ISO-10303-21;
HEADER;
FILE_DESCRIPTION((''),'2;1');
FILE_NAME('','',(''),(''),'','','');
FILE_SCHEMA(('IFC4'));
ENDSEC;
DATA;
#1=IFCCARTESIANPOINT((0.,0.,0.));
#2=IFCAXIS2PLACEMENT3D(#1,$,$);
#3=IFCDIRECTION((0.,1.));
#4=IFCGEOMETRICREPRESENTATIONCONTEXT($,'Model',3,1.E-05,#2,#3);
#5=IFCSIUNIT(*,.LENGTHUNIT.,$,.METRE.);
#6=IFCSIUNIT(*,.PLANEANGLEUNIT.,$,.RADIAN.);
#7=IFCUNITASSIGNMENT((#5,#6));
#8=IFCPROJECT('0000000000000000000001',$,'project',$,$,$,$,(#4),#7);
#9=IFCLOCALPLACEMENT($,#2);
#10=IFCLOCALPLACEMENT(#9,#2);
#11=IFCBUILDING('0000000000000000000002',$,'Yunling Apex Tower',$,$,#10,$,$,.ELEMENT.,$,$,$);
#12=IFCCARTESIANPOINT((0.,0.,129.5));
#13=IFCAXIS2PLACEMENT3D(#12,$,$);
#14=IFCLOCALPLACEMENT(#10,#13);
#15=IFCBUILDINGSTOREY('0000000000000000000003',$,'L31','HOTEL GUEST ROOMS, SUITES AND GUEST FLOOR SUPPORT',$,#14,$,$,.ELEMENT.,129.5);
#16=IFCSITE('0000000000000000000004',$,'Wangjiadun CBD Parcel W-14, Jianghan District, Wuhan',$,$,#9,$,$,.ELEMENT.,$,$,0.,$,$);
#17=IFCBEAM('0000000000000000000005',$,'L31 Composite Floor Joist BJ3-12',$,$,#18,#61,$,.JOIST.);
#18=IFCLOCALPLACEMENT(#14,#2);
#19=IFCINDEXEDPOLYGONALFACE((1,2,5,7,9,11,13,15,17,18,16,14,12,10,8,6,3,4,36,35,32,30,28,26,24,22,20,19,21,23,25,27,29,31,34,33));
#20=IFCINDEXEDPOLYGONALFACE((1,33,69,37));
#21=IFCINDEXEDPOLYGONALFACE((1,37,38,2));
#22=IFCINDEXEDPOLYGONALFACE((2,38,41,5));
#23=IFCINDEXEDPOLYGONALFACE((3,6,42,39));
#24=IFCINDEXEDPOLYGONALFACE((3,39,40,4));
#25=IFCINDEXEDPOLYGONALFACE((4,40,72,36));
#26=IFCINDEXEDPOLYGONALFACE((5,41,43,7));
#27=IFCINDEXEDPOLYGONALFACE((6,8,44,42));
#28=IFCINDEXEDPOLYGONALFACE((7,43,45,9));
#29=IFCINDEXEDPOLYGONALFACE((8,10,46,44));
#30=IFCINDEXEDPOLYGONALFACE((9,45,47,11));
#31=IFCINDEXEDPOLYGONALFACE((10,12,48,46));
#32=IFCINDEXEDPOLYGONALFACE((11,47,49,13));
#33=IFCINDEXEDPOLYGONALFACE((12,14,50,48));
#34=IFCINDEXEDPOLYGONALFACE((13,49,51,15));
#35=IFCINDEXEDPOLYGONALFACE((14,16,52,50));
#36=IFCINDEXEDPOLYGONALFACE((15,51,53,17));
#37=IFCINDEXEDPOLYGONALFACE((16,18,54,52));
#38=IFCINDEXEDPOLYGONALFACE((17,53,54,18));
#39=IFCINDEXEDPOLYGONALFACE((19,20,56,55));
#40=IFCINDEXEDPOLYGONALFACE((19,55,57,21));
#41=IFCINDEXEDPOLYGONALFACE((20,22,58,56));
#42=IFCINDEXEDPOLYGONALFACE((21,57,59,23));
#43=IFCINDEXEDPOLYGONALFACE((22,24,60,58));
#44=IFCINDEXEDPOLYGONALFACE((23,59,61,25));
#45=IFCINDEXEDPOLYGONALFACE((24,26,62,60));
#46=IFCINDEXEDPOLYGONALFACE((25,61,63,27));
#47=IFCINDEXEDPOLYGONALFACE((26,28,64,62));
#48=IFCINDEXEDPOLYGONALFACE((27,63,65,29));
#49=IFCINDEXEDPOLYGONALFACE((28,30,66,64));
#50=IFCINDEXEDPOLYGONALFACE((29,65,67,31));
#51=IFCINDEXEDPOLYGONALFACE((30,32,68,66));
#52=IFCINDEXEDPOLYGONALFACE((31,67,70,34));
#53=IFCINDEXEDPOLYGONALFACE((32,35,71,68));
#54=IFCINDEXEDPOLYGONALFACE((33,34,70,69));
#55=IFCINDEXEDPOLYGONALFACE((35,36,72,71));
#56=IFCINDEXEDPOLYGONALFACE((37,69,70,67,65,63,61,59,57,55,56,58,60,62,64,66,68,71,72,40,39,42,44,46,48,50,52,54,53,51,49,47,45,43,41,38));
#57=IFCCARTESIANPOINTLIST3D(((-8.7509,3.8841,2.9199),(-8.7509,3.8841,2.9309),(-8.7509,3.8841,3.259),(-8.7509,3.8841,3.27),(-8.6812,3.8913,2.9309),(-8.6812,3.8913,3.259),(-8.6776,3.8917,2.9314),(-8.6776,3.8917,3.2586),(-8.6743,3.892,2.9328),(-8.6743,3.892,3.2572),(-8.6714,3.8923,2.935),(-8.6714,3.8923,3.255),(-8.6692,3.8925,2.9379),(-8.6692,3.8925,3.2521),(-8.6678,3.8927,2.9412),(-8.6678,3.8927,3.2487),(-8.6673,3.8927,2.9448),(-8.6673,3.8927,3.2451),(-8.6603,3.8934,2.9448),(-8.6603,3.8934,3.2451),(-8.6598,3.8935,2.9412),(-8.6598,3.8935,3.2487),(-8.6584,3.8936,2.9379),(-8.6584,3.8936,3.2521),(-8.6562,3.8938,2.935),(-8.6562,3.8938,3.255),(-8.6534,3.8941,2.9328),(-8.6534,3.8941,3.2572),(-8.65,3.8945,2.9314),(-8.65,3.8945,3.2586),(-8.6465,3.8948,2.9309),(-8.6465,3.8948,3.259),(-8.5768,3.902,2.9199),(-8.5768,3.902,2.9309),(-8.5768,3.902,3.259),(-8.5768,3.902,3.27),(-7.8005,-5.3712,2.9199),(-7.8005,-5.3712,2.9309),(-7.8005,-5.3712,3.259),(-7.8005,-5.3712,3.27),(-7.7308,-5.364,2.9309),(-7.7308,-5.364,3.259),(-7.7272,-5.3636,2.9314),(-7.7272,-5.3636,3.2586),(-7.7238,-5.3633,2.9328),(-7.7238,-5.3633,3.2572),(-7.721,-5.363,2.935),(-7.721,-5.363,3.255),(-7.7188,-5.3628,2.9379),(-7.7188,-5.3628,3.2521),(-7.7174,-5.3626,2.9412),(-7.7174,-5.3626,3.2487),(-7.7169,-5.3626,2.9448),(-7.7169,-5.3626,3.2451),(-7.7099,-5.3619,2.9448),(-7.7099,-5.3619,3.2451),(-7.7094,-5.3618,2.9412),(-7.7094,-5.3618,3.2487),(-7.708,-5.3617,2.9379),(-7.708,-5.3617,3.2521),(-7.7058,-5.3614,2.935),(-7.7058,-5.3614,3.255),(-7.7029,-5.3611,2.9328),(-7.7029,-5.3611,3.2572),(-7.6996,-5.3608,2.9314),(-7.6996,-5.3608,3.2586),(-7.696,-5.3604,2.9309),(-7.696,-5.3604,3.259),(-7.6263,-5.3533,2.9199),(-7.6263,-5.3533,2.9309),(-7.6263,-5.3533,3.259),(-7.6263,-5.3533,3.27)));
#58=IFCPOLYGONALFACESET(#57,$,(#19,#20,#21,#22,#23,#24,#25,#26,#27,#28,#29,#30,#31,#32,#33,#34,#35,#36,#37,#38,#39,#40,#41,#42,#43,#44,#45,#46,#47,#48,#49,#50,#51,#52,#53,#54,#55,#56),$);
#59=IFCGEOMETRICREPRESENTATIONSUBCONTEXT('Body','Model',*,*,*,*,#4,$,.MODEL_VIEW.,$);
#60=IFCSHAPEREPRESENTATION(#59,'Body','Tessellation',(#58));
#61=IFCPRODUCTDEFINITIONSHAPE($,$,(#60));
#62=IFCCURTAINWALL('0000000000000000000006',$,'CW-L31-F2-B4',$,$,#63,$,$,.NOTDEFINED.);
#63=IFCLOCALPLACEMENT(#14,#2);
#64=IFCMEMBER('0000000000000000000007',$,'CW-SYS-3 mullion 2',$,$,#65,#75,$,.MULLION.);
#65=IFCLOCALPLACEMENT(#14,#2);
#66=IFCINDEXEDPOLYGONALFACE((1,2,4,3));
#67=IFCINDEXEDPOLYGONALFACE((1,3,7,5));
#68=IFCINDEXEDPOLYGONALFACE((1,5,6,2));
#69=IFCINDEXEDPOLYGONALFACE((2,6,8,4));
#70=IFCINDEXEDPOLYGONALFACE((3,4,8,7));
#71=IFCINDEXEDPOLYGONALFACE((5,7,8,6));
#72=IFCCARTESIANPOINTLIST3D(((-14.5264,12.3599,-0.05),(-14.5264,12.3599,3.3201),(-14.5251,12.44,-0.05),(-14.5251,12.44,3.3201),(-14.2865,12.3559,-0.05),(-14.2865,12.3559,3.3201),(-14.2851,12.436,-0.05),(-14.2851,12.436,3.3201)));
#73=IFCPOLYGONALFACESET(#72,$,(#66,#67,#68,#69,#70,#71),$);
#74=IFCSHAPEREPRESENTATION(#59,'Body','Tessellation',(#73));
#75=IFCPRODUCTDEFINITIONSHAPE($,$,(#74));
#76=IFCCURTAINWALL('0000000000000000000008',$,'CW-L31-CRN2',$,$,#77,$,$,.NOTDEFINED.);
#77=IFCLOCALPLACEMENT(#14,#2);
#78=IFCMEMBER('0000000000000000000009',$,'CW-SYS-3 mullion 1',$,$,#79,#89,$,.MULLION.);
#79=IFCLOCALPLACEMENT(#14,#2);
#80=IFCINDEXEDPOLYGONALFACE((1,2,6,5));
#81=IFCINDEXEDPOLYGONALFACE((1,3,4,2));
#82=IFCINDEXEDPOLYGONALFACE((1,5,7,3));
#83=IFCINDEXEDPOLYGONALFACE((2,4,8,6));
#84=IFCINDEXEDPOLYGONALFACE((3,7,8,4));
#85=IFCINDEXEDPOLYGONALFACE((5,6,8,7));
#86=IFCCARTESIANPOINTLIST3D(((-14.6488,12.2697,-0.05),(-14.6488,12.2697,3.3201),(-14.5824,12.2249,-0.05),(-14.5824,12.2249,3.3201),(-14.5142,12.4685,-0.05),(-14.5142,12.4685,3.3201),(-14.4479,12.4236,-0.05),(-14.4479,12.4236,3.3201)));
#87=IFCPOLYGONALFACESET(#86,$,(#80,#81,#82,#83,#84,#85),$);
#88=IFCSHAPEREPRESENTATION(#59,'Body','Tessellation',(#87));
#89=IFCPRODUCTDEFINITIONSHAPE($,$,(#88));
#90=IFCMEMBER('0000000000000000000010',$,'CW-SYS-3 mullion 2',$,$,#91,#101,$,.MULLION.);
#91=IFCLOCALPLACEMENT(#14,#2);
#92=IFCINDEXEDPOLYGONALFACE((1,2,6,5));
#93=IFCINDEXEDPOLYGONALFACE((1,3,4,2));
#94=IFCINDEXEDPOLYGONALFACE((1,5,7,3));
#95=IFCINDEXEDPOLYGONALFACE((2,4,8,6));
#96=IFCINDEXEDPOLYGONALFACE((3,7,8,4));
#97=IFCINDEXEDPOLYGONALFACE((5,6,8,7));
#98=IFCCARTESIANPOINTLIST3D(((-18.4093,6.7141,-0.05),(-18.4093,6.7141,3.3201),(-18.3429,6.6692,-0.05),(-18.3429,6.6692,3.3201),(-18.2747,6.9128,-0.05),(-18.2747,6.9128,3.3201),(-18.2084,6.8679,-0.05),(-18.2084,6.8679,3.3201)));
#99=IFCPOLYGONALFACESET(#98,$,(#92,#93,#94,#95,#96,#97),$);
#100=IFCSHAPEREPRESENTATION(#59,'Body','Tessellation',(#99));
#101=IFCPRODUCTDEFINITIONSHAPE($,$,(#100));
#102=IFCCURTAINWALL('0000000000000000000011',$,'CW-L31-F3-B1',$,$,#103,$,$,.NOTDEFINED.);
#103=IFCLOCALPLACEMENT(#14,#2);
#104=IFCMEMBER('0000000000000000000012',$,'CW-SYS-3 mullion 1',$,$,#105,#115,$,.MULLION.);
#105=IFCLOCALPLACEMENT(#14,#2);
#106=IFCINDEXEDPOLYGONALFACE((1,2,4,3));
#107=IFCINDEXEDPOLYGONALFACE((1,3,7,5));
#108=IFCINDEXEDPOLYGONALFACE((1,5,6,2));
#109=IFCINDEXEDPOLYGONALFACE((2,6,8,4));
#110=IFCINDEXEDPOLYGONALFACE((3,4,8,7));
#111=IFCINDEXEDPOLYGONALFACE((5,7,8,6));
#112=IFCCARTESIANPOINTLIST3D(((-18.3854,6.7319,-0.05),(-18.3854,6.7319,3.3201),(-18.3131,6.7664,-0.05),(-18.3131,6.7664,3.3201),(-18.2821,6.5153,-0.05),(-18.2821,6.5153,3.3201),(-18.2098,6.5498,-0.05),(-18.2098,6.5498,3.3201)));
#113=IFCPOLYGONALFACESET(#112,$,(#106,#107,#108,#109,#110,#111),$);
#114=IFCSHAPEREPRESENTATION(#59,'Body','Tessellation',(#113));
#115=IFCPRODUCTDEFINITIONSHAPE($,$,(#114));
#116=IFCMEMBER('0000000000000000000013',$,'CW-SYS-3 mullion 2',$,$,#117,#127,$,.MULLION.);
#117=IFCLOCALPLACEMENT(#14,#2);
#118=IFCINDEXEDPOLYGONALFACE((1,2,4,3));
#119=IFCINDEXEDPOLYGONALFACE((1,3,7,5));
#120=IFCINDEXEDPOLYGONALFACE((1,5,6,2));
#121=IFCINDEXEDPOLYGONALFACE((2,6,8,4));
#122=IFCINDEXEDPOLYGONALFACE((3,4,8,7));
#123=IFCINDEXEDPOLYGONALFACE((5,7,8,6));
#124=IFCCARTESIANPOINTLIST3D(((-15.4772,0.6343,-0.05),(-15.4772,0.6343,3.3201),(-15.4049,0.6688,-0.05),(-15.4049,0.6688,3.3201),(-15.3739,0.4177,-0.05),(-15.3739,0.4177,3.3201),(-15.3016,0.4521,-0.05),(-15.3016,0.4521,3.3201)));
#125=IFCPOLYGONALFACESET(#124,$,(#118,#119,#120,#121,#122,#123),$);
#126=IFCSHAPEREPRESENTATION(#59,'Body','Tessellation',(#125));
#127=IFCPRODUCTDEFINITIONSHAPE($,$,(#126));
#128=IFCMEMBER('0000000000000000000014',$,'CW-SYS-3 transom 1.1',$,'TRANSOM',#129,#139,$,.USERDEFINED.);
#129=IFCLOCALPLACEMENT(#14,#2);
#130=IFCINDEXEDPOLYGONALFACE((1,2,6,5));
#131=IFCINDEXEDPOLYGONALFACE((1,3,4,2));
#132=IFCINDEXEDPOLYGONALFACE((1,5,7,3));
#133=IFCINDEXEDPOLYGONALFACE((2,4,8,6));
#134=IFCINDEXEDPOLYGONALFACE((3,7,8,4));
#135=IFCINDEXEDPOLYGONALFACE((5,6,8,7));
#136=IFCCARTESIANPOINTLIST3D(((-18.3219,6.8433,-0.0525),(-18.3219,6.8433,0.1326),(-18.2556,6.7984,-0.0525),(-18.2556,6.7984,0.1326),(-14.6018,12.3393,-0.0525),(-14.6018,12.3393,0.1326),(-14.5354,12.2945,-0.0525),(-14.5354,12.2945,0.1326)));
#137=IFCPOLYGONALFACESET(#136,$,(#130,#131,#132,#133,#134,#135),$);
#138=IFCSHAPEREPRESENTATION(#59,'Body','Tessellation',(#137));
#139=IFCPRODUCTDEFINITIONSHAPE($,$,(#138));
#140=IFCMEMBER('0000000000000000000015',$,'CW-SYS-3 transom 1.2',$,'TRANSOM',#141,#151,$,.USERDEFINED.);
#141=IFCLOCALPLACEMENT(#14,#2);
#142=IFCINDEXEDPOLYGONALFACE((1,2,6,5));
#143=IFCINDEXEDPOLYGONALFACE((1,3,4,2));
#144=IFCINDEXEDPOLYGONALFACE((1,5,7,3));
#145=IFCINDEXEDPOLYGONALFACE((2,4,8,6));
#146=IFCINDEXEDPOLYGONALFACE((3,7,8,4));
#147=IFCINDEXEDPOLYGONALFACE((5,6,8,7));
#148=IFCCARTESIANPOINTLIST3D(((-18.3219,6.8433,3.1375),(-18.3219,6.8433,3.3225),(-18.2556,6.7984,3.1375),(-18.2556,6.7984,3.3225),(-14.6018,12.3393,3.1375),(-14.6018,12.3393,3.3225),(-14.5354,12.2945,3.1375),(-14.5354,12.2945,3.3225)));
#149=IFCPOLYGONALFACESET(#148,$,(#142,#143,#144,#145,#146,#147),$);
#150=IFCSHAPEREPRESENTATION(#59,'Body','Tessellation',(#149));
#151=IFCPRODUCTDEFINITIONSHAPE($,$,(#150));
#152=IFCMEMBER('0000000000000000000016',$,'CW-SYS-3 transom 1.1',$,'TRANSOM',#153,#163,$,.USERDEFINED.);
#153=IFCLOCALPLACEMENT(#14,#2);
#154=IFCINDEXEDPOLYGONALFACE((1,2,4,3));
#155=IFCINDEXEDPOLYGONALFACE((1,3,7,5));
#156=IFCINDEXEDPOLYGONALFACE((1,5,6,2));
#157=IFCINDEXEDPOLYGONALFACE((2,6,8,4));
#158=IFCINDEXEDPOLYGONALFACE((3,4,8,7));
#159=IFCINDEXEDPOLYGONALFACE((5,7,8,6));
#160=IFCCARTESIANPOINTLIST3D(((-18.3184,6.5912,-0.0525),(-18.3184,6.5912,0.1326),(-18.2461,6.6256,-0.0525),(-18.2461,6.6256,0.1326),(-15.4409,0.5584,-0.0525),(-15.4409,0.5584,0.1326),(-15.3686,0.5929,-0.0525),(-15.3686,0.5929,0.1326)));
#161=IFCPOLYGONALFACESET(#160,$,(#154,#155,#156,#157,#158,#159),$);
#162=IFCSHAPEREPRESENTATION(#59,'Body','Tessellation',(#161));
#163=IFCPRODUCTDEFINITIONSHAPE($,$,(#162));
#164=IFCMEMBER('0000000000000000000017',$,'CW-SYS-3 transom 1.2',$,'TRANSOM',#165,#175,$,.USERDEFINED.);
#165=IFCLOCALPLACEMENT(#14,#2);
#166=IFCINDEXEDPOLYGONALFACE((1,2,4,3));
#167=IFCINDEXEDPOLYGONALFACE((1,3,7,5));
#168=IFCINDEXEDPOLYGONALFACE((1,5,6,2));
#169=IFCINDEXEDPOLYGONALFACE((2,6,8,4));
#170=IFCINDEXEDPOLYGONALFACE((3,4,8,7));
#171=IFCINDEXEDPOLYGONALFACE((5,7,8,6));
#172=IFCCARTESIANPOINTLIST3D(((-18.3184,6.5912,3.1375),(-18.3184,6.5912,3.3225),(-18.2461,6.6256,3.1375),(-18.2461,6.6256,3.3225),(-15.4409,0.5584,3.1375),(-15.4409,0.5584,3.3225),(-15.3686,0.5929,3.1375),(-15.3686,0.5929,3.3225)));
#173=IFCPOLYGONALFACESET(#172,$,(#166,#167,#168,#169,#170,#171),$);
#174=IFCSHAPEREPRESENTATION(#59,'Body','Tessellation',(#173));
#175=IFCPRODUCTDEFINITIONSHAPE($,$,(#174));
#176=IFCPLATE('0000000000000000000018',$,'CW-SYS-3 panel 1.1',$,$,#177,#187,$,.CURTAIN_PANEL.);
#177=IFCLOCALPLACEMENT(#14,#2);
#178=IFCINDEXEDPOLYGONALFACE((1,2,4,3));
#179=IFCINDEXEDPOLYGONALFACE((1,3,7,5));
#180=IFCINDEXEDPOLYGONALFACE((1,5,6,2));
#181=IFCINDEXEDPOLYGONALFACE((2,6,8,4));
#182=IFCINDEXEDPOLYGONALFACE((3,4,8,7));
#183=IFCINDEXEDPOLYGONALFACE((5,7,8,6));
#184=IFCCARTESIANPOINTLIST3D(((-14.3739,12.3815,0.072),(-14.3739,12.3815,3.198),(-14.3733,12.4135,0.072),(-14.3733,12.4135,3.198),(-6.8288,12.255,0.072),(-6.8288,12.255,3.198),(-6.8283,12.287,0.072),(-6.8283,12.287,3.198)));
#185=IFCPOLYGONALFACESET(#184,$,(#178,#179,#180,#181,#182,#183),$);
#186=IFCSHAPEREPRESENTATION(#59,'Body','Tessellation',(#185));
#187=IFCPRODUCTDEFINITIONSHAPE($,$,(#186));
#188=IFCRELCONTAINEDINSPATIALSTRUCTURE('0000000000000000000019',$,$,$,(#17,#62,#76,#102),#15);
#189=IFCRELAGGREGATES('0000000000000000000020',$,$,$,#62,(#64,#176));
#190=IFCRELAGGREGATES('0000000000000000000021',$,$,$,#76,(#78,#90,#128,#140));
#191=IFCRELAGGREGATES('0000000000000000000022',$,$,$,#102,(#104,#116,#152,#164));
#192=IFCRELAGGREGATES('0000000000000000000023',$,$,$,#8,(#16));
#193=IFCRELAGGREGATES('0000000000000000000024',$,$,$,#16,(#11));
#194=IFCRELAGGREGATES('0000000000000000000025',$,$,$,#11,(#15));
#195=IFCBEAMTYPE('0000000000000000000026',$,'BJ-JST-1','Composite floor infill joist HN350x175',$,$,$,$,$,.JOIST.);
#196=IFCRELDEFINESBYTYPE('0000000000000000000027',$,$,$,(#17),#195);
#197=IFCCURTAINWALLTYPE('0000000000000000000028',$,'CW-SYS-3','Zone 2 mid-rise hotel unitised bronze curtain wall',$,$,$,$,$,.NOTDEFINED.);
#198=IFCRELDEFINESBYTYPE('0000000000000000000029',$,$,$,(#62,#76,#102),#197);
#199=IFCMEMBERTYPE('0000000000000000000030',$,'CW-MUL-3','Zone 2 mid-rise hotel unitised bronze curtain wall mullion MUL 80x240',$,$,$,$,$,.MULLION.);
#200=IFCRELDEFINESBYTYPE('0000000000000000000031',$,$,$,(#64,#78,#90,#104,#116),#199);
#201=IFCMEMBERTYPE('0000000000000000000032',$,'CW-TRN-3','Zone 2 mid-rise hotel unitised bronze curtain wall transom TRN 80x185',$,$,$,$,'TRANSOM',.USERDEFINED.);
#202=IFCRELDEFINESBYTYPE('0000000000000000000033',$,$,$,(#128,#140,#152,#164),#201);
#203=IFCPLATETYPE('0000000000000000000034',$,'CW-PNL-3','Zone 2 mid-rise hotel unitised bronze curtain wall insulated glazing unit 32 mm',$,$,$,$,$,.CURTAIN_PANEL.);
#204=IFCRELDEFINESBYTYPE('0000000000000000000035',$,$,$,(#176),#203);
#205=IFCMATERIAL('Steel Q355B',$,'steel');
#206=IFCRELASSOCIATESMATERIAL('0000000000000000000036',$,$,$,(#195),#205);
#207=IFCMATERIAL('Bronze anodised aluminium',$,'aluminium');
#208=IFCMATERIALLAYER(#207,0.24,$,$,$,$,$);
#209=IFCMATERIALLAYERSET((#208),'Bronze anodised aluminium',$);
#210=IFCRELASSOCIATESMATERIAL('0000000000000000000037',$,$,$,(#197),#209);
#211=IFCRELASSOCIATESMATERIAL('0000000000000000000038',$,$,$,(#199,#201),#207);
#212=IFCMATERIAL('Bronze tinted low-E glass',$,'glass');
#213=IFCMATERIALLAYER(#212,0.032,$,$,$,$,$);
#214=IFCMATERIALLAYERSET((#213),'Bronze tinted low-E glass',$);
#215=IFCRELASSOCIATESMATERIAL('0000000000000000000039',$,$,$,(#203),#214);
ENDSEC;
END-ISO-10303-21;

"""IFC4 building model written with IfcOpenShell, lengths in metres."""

from ifc_helpers import new_model, si_unit, direction, frame, origin, origin_2d, place, context, subcontext, project, spatial, rectangle, i_section, extrude, source, transform, mapped, material, layer, layer_set, material_profile, profile_set, type_object, element, aggregate, save


model = new_model("IFC4")

# Units and contexts
model_context = context("Model", 3, precision=1e-05, world=origin(), true_north=direction((0.0, 1.0)))
body_context = subcontext(model_context, "Body", "Model", "MODEL_VIEW")
ifc_project = project(units=[si_unit("LENGTHUNIT", "METRE"), si_unit("PLANEANGLEUNIT", "RADIAN")], contexts=[model_context])

# Site, building, storey
site_placement = place(None, origin())
site = spatial("IfcSite", under=ifc_project, at=site_placement, Name="Wangjiadun CBD Parcel W-14, Jianghan District, Wuhan", CompositionType="ELEMENT", RefElevation=0.0)
building_placement = place(site_placement, origin())
building = spatial("IfcBuilding", under=site, at=building_placement, Name="Yunling Apex Tower", CompositionType="ELEMENT")
storey_placement = place(building_placement, frame((0.0, 0.0, 129.5)))
storey = spatial("IfcBuildingStorey", under=building, at=storey_placement, Name="L31", Description="HOTEL GUEST ROOMS, SUITES AND GUEST FLOOR SUPPORT", CompositionType="ELEMENT", Elevation=129.5)

# Beam
ifc_material_1 = material(Name="Steel Q355B", Category="steel")
ifc_material_profile_1 = material_profile(ifc_material_1, i_section(OverallWidth=0.175, OverallDepth=0.3501, WebThickness=0.0071, FlangeThickness=0.011, FilletRadius=0.0139, at=origin_2d()))
ifc_profile_set_1 = profile_set([ifc_material_profile_1], Name="Steel Q355B")
beam_type_1 = type_object("IfcBeamType", Name="BJ-JST-1", Description="Composite floor infill joist HN350x175", PredefinedType="JOIST", material=ifc_profile_set_1)
shared_shape_1 = source(origin(), body_context, "Body", "SweptSolid", [
    extrude(i_section(OverallWidth=0.175, OverallDepth=0.3501, WebThickness=0.0071, FlangeThickness=0.011, FilletRadius=0.0139, at=origin_2d()), origin(), (0.0, 0.0, 1.0), 9.304),
])
beam_1_placement = place(storey_placement, frame((-8.6638, 3.8931, 3.095), z_axis=(0.102153, -0.994769, 0.0), x_axis=(0.994769, 0.102153, 0.0)))
element("IfcBeam", 1, at=beam_1_placement, inside=storey, type_object=beam_type_1, Name="L31 Composite Floor Joist BJ3-12", PredefinedType="JOIST", context=body_context, shape_type="MappedRepresentation", body=[
    mapped(shared_shape_1, transform((0.0, 0.0, 0.0), scale=1.0)),
])

# Curtain wall, member
ifc_material_2 = material(Name="Bronze anodised aluminium", Category="aluminium")
ifc_layer_1 = layer(ifc_material_2, 0.24)
ifc_layer_set_1 = layer_set([ifc_layer_1], Name="Bronze anodised aluminium")
curtain_wall_type = type_object("IfcCurtainWallType", Name="CW-SYS-3", Description="Zone 2 mid-rise hotel unitised bronze curtain wall", PredefinedType="NOTDEFINED", material=ifc_layer_set_1)
curtain_wall_1_placement = place(storey_placement, origin())
curtain_wall_1 = element("IfcCurtainWall", 2, at=curtain_wall_1_placement, inside=storey, type_object=curtain_wall_type, Name="CW-L31-F2-B4", PredefinedType="NOTDEFINED")
ifc_material_profile_2 = material_profile(ifc_material_2, rectangle(XDim=0.0801, YDim=0.24, at=origin_2d()))
ifc_profile_set_2 = profile_set([ifc_material_profile_2], Name="Bronze anodised aluminium")
member_type_1 = type_object("IfcMemberType", Name="CW-MUL-3", Description="Zone 2 mid-rise hotel unitised bronze curtain wall mullion MUL 80x240", PredefinedType="MULLION", material=ifc_profile_set_2)
shared_shape_2 = source(origin(), body_context, "Body", "SweptSolid", [
    extrude(rectangle(XDim=0.0801, YDim=0.24, at=origin_2d()), origin(), (0.0, 0.0, 1.0), 3.3701),
])
member_1_placement = place(storey_placement, frame((-14.4058, 12.3979, -0.05), z_axis=(0.0, 0.0, 1.0), x_axis=(-0.016762, -0.99986, 0.0)))
member_1 = element("IfcMember", 3, at=member_1_placement, type_object=member_type_1, Name="CW-SYS-3 mullion 2", PredefinedType="MULLION", context=body_context, shape_type="MappedRepresentation", body=[
    mapped(shared_shape_2, transform((0.0, 0.0, 0.0), scale=1.0)),
])

# Curtain walls, members
curtain_wall_2_placement = place(storey_placement, origin())
curtain_wall_2 = element("IfcCurtainWall", 4, at=curtain_wall_2_placement, inside=storey, type_object=curtain_wall_type, Name="CW-L31-CRN2", PredefinedType="NOTDEFINED")
member_2_placement = place(storey_placement, frame((-14.5483, 12.3467, -0.05), z_axis=(0.0, 0.0, 1.0), x_axis=(0.828139, -0.560523, 0.0)))
member_2 = element("IfcMember", 5, at=member_2_placement, type_object=member_type_1, Name="CW-SYS-3 mullion 1", PredefinedType="MULLION", context=body_context, shape_type="MappedRepresentation", body=[
    mapped(shared_shape_2, transform((0.0, 0.0, 0.0), scale=1.0)),
])
member_3_placement = place(storey_placement, frame((-18.3088, 6.791, -0.05), z_axis=(0.0, 0.0, 1.0), x_axis=(0.828139, -0.560523, 0.0)))
member_3 = element("IfcMember", 6, at=member_3_placement, type_object=member_type_1, Name="CW-SYS-3 mullion 2", PredefinedType="MULLION", context=body_context, shape_type="MappedRepresentation", body=[
    mapped(shared_shape_2, transform((0.0, 0.0, 0.0), scale=1.0)),
])
curtain_wall_3_placement = place(storey_placement, origin())
curtain_wall_3 = element("IfcCurtainWall", 7, at=curtain_wall_3_placement, inside=storey, type_object=curtain_wall_type, Name="CW-L31-F3-B1", PredefinedType="NOTDEFINED")
member_4_placement = place(storey_placement, frame((-18.2976, 6.6409, -0.05), z_axis=(0.0, 0.0, 1.0), x_axis=(0.902588, 0.430506, 0.0)))
member_4 = element("IfcMember", 8, at=member_4_placement, type_object=member_type_1, Name="CW-SYS-3 mullion 1", PredefinedType="MULLION", context=body_context, shape_type="MappedRepresentation", body=[
    mapped(shared_shape_2, transform((0.0, 0.0, 0.0), scale=1.0)),
])
member_5_placement = place(storey_placement, frame((-15.3894, 0.5432, -0.05), z_axis=(0.0, 0.0, 1.0), x_axis=(0.902588, 0.430506, 0.0)))
member_5 = element("IfcMember", 9, at=member_5_placement, type_object=member_type_1, Name="CW-SYS-3 mullion 2", PredefinedType="MULLION", context=body_context, shape_type="MappedRepresentation", body=[
    mapped(shared_shape_2, transform((0.0, 0.0, 0.0), scale=1.0)),
])

# Members
ifc_material_profile_3 = material_profile(ifc_material_2, rectangle(XDim=0.0801, YDim=0.1851, at=origin_2d()))
ifc_profile_set_3 = profile_set([ifc_material_profile_3], Name="Bronze anodised aluminium")
member_type_2 = type_object("IfcMemberType", Name="CW-TRN-3", Description="Zone 2 mid-rise hotel unitised bronze curtain wall transom TRN 80x185", ElementType="TRANSOM", PredefinedType="USERDEFINED", material=ifc_profile_set_3)
shared_shape_3 = source(origin(), body_context, "Body", "SweptSolid", [
    extrude(rectangle(XDim=0.0801, YDim=0.1851, at=origin_2d()), origin(), (0.0, 0.0, 1.0), 6.6367),
])
member_6_placement = place(storey_placement, frame((-14.5686, 12.3169, 0.04), z_axis=(-0.560544, -0.828125, 0.0), x_axis=(0.828125, -0.560544, 0.0)))
member_6 = element("IfcMember", 10, at=member_6_placement, type_object=member_type_2, Name="CW-SYS-3 transom 1.1", ObjectType="TRANSOM", PredefinedType="USERDEFINED", context=body_context, shape_type="MappedRepresentation", body=[
    mapped(shared_shape_3, transform((0.0, 0.0, 0.0), scale=1.0)),
])
member_7_placement = place(storey_placement, frame((-14.5686, 12.3169, 3.23), z_axis=(-0.560544, -0.828125, 0.0), x_axis=(0.828125, -0.560544, 0.0)))
member_7 = element("IfcMember", 11, at=member_7_placement, type_object=member_type_2, Name="CW-SYS-3 transom 1.2", ObjectType="TRANSOM", PredefinedType="USERDEFINED", context=body_context, shape_type="MappedRepresentation", body=[
    mapped(shared_shape_3, transform((0.0, 0.0, 0.0), scale=1.0)),
])
shared_shape_4 = source(origin(), body_context, "Body", "SweptSolid", [
    extrude(rectangle(XDim=0.0801, YDim=0.1851, at=origin_2d()), origin(), (0.0, 0.0, 1.0), 6.6838),
])
member_8_placement = place(storey_placement, frame((-18.2822, 6.6084, 0.04), z_axis=(0.430509, -0.902586, 0.0), x_axis=(0.902586, 0.430509, 0.0)))
member_8 = element("IfcMember", 12, at=member_8_placement, type_object=member_type_2, Name="CW-SYS-3 transom 1.1", ObjectType="TRANSOM", PredefinedType="USERDEFINED", context=body_context, shape_type="MappedRepresentation", body=[
    mapped(shared_shape_4, transform((0.0, 0.0, 0.0), scale=1.0)),
])
member_9_placement = place(storey_placement, frame((-18.2822, 6.6084, 3.23), z_axis=(0.430509, -0.902586, 0.0), x_axis=(0.902586, 0.430509, 0.0)))
member_9 = element("IfcMember", 13, at=member_9_placement, type_object=member_type_2, Name="CW-SYS-3 transom 1.2", ObjectType="TRANSOM", PredefinedType="USERDEFINED", context=body_context, shape_type="MappedRepresentation", body=[
    mapped(shared_shape_4, transform((0.0, 0.0, 0.0), scale=1.0)),
])

# Plate
ifc_material_3 = material(Name="Bronze tinted low-E glass", Category="glass")
ifc_layer_2 = layer(ifc_material_3, 0.032)
ifc_layer_set_2 = layer_set([ifc_layer_2], Name="Bronze tinted low-E glass")
plate_type = type_object("IfcPlateType", Name="CW-PNL-3", Description="Zone 2 mid-rise hotel unitised bronze curtain wall insulated glazing unit 32 mm", PredefinedType="CURTAIN_PANEL", material=ifc_layer_set_2)
shared_shape_5 = source(origin(), body_context, "Body", "SweptSolid", [
    extrude(rectangle(XDim=7.5461, YDim=0.032, at=origin_2d()), origin(), (0.0, 0.0, 1.0), 3.126),
])
plate_1_placement = place(storey_placement, frame((-10.6011, 12.3342, 0.072), z_axis=(0.0, 0.0, 1.0), x_axis=(-0.99986, 0.016762, 0.0)))
plate_1 = element("IfcPlate", 14, at=plate_1_placement, type_object=plate_type, Name="CW-SYS-3 panel 1.1", PredefinedType="CURTAIN_PANEL", context=body_context, shape_type="MappedRepresentation", body=[
    mapped(shared_shape_5, transform((0.0, 0.0, 0.0), scale=1.0)),
])
aggregate(curtain_wall_1, [member_1, plate_1])
aggregate(curtain_wall_2, [member_2, member_3, member_6, member_7])
aggregate(curtain_wall_3, [member_4, member_5, member_8, member_9])

save(model, "model.ifc")
